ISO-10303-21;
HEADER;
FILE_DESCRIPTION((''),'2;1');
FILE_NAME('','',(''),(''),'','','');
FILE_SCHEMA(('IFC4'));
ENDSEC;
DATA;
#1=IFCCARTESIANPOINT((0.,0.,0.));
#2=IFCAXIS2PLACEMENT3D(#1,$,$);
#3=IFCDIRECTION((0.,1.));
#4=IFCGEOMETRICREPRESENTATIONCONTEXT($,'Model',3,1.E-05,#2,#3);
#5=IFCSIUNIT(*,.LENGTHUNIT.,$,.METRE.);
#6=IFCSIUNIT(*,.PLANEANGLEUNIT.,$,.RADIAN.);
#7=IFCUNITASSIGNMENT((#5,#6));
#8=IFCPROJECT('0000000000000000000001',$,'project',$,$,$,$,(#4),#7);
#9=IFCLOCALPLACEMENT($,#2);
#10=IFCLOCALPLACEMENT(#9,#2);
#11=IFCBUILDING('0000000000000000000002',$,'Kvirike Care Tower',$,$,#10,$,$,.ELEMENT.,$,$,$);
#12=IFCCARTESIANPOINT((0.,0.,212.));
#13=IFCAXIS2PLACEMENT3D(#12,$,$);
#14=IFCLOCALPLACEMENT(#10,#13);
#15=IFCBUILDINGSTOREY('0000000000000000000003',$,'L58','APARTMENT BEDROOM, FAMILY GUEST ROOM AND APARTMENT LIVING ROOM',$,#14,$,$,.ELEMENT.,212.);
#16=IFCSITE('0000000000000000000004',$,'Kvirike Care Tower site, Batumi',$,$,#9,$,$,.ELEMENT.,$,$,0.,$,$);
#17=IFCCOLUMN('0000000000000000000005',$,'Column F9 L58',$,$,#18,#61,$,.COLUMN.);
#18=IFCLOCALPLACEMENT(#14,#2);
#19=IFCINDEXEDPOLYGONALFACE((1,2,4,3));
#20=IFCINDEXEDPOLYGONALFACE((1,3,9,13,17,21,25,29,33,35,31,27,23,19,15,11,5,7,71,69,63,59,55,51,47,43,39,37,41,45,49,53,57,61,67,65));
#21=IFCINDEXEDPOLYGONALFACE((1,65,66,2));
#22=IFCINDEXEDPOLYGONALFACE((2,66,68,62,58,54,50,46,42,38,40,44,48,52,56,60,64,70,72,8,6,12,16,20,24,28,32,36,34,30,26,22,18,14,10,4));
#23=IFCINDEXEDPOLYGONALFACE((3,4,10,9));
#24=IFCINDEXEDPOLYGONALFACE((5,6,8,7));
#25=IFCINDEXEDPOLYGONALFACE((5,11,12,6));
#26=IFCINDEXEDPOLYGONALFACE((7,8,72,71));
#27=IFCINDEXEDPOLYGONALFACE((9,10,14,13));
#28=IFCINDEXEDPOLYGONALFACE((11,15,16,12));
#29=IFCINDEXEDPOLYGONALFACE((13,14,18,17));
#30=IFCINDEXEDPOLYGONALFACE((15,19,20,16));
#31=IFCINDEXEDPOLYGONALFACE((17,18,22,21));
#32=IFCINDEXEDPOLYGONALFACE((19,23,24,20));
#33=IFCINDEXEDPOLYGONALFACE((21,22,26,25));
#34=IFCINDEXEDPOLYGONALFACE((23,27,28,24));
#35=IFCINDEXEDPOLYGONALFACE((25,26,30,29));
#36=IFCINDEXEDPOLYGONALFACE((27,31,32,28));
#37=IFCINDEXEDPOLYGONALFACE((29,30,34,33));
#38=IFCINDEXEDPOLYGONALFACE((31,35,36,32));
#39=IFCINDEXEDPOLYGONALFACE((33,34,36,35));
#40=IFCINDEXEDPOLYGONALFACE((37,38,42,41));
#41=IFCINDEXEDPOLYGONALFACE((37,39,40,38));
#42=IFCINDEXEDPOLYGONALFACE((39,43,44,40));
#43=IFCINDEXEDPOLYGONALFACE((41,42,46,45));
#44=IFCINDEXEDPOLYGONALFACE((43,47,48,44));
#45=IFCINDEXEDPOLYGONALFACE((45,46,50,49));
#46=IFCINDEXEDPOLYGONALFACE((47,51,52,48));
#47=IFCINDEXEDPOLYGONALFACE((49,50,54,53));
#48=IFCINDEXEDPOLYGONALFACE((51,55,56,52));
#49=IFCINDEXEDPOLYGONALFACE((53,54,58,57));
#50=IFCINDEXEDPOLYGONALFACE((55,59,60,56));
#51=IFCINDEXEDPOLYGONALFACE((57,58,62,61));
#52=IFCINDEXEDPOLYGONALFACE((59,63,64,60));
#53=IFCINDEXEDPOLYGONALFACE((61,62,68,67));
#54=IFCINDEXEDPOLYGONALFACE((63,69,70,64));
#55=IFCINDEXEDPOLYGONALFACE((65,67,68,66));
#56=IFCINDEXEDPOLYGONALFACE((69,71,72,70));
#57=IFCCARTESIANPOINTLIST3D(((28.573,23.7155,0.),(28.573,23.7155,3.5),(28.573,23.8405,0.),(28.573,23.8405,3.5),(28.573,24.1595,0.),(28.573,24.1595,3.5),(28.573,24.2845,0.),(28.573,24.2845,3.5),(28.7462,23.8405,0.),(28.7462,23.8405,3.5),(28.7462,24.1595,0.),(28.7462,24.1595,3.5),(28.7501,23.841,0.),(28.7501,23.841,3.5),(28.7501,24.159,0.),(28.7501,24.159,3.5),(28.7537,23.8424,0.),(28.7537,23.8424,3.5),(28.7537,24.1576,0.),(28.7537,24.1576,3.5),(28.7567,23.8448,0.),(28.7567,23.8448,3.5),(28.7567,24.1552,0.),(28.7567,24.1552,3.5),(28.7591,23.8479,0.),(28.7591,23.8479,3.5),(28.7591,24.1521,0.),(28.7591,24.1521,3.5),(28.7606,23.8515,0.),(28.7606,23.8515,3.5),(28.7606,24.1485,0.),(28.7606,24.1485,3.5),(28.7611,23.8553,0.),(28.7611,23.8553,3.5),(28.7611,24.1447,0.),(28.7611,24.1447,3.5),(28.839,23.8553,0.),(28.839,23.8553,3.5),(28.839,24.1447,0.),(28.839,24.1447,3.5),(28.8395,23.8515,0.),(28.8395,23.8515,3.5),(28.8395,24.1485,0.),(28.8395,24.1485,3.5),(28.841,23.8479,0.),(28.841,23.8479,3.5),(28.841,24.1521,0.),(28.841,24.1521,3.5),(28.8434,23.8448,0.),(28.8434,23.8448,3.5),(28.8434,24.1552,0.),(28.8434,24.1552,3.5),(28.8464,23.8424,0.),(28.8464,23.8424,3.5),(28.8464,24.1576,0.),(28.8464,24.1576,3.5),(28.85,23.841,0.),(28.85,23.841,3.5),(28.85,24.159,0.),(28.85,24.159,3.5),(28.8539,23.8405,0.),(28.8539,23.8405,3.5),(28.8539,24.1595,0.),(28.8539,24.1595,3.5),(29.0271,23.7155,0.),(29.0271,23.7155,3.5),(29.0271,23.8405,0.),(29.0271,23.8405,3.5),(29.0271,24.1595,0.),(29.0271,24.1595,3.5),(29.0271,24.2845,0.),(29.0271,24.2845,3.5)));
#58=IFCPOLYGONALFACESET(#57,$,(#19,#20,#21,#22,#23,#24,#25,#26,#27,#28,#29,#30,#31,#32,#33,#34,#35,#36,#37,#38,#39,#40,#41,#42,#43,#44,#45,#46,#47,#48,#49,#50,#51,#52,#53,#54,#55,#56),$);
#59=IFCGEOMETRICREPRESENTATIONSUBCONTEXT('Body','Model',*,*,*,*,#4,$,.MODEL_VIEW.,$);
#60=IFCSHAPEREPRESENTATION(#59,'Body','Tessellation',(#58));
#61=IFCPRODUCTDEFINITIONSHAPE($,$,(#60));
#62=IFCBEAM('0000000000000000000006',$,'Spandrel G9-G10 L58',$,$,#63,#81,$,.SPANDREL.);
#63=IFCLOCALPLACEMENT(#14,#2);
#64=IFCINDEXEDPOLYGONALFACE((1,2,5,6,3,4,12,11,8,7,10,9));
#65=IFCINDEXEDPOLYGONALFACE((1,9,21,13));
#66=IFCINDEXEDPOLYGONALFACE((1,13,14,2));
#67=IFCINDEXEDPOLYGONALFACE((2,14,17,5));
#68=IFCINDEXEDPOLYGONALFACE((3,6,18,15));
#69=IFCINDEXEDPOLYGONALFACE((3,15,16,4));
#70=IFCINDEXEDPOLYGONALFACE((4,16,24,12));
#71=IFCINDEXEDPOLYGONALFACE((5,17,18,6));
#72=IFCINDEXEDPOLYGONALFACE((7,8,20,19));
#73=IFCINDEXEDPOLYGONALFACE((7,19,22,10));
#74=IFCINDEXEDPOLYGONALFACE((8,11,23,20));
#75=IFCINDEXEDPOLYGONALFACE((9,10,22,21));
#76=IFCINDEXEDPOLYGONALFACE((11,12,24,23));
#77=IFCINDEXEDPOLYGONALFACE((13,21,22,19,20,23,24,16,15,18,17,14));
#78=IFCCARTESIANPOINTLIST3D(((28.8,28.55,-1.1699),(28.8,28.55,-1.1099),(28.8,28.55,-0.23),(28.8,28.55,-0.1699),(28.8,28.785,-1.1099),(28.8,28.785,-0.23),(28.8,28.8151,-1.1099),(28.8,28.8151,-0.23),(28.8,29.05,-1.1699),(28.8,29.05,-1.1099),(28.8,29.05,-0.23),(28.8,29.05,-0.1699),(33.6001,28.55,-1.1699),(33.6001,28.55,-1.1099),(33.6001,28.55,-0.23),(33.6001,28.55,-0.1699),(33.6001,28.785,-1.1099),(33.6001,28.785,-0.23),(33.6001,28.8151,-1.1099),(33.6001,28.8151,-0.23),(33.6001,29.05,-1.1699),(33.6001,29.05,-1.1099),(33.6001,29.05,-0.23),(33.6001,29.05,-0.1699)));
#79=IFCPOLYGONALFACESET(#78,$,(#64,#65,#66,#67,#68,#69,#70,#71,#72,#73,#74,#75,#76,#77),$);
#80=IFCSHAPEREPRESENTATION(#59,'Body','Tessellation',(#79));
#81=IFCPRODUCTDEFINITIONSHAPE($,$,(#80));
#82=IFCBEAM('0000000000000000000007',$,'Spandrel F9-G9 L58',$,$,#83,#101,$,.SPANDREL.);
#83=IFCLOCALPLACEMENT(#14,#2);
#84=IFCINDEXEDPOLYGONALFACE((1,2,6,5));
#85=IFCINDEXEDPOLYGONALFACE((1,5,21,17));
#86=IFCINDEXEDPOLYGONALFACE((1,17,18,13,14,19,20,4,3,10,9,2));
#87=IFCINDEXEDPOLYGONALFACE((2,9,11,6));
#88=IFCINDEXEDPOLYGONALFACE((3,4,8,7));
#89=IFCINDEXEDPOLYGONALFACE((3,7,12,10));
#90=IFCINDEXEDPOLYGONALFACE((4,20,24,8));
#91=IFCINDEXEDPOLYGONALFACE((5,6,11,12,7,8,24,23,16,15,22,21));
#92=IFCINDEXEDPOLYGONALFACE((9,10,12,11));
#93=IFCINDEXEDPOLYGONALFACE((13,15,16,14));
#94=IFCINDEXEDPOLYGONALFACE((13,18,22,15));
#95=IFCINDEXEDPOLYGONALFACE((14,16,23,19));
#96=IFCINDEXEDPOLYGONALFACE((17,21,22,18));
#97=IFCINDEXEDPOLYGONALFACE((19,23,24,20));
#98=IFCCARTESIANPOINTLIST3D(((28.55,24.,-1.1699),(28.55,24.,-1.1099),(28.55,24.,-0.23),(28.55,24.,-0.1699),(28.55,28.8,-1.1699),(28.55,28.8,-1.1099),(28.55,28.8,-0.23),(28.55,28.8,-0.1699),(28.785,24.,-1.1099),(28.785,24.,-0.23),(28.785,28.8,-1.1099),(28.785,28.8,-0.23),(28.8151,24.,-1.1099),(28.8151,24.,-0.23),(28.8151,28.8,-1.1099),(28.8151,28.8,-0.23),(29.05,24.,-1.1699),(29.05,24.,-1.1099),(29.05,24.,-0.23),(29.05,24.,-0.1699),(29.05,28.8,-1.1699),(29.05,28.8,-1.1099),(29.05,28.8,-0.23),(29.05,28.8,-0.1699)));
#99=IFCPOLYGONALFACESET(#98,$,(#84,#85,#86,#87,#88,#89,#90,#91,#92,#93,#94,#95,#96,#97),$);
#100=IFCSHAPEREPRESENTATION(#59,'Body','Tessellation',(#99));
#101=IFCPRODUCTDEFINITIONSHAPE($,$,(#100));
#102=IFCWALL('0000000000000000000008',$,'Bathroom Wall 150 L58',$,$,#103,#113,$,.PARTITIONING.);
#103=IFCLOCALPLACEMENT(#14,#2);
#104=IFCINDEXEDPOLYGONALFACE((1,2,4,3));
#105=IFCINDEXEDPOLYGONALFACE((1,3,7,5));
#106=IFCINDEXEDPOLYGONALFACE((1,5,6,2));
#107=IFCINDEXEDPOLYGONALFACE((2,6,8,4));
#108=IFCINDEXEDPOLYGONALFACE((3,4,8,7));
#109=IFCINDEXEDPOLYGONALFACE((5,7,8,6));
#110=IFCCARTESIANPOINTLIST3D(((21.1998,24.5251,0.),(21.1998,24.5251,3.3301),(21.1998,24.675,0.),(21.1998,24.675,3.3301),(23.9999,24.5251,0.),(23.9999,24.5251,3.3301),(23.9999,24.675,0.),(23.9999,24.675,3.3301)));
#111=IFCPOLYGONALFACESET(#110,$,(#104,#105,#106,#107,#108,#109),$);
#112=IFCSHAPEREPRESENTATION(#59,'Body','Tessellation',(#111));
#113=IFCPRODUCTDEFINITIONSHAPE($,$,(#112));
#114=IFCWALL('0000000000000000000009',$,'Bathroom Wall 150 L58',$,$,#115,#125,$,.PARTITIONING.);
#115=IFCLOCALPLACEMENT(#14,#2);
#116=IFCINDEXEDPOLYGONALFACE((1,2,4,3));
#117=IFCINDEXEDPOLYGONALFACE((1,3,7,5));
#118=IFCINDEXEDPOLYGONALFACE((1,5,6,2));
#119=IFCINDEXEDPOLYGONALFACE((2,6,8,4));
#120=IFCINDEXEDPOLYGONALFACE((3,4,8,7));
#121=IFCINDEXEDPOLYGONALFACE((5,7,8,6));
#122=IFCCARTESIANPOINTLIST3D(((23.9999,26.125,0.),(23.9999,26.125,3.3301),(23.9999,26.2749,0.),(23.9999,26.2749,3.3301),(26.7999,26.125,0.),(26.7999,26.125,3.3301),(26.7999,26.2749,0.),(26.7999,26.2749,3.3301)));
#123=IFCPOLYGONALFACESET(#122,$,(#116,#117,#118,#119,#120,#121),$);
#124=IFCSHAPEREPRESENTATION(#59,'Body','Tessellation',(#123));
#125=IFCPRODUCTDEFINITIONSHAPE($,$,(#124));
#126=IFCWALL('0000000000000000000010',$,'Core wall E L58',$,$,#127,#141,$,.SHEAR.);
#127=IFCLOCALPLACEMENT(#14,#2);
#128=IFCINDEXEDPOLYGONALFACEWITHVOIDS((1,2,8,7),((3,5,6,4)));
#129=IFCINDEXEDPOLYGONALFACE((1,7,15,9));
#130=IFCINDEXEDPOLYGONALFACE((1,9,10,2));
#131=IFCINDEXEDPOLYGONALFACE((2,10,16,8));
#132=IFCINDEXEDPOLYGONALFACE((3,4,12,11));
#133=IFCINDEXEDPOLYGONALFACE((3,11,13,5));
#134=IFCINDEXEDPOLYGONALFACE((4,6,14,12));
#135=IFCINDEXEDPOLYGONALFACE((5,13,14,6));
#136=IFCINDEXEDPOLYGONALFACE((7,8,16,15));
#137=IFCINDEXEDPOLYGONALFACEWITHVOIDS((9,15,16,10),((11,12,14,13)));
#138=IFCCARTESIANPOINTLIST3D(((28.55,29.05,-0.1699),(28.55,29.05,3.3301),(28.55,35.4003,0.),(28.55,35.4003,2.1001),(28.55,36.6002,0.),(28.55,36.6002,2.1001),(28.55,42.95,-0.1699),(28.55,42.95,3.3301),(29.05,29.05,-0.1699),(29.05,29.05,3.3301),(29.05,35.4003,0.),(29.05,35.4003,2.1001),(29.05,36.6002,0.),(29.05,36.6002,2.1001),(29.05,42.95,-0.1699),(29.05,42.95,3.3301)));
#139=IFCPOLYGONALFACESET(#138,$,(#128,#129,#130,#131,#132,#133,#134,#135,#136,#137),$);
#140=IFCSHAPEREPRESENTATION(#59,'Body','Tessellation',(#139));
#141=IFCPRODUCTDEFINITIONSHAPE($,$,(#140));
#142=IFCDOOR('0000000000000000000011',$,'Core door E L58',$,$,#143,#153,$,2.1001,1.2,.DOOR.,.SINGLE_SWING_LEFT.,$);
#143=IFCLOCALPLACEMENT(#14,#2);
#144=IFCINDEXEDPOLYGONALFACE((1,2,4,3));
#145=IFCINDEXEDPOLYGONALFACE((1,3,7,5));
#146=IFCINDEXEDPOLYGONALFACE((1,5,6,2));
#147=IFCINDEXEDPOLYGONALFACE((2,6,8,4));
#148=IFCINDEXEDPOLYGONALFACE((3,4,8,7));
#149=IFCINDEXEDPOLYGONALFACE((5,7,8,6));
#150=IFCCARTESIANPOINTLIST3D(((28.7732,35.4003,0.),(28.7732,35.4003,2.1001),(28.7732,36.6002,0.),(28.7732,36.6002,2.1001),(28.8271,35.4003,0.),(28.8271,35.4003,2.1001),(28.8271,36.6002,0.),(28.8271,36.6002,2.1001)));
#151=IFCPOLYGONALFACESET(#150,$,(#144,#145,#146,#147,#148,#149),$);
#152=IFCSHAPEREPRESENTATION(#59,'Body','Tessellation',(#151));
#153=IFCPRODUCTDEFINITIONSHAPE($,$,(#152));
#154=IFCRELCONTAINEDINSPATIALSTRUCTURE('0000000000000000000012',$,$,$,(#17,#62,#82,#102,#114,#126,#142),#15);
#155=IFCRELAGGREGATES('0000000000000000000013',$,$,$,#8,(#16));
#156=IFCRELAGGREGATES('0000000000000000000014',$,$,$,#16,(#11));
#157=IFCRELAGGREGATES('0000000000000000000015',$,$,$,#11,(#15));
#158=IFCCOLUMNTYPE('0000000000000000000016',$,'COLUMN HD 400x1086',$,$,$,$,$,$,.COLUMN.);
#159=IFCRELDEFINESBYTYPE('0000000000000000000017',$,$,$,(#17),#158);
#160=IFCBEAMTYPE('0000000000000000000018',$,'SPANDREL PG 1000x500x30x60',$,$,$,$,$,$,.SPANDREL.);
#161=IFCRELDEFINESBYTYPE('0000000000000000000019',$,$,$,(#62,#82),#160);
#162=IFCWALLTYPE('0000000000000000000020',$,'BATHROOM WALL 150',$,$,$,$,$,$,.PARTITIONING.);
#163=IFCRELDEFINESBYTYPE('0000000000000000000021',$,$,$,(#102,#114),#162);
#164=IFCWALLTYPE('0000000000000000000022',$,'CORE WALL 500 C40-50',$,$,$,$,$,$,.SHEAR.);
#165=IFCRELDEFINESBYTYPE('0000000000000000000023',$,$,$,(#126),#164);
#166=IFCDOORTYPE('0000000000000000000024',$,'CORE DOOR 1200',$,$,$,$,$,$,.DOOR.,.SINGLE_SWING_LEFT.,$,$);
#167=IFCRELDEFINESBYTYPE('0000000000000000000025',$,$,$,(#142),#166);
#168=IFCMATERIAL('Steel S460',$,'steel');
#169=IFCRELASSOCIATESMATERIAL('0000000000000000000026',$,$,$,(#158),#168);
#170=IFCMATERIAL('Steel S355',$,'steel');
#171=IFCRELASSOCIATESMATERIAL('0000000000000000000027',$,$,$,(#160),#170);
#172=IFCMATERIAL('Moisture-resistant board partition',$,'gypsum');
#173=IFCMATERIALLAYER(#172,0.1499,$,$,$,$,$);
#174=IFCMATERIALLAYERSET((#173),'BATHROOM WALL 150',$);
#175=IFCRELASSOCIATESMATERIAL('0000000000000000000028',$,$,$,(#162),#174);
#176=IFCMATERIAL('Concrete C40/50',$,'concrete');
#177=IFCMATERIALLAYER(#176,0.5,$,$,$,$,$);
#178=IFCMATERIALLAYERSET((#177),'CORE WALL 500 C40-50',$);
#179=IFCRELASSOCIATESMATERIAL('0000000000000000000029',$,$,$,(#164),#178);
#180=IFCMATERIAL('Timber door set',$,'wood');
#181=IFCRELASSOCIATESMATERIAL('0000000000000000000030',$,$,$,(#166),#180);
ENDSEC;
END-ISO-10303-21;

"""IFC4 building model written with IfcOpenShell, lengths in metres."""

from ifc_helpers import new_model, si_unit, direction, frame, frame_2d, origin, origin_2d, place, context, subcontext, project, spatial, rectangle, i_section, extrude, material, layer, layer_set, material_profile, profile_set, type_object, element, fill, save


model = new_model("IFC4")

# Units and contexts
model_context = context("Model", 3, precision=1e-05, world=origin(), true_north=direction((0.0, 1.0)))
body_context = subcontext(model_context, "Body", "Model", "MODEL_VIEW")
ifc_project = project(units=[si_unit("LENGTHUNIT", "METRE"), si_unit("PLANEANGLEUNIT", "RADIAN")], contexts=[model_context])

# Site, building, storey
site_placement = place(None, origin())
site = spatial("IfcSite", under=ifc_project, at=site_placement, Name="Kvirike Care Tower site, Batumi", CompositionType="ELEMENT", RefElevation=0.0)
building_placement = place(site_placement, origin())
building = spatial("IfcBuilding", under=site, at=building_placement, Name="Kvirike Care Tower", CompositionType="ELEMENT")
storey_placement = place(building_placement, frame((0.0, 0.0, 212.0)))
storey = spatial("IfcBuildingStorey", under=building, at=storey_placement, Name="L58", Description="APARTMENT BEDROOM, FAMILY GUEST ROOM AND APARTMENT LIVING ROOM", CompositionType="ELEMENT", Elevation=212.0)

# Column
ifc_material_1 = material(Name="Steel S460", Category="steel")
ifc_material_profile_1 = material_profile(ifc_material_1, i_section(OverallWidth=0.4541, OverallDepth=0.5691, WebThickness=0.0779, FlangeThickness=0.125, FilletRadius=0.0149, at=origin_2d()), Name="HD 400x1086")
ifc_profile_set_1 = profile_set([ifc_material_profile_1], Name="Steel S460")
column_type = type_object("IfcColumnType", Name="COLUMN HD 400x1086", PredefinedType="COLUMN", material=ifc_profile_set_1)
column_placement = place(storey_placement, frame((28.8, 24.0, 0.0), z_axis=(0.0, 0.0, 1.0), x_axis=(1.0, 0.0, 0.0)))
element("IfcColumn", 1, at=column_placement, inside=storey, type_object=column_type, Name="Column F9 L58", PredefinedType="COLUMN", context=body_context, shape_type="SweptSolid", body=[
    extrude(i_section(OverallWidth=0.4541, OverallDepth=0.5691, WebThickness=0.0779, FlangeThickness=0.125, FilletRadius=0.0149, at=origin_2d()), origin(), (0.0, 0.0, 1.0), 3.5),
])

# Beams
ifc_material_2 = material(Name="Steel S355", Category="steel")
ifc_material_profile_2 = material_profile(ifc_material_2, i_section(OverallWidth=0.5, OverallDepth=1.0, WebThickness=0.03, FlangeThickness=0.0601, at=origin_2d()), Name="PG 1000x500x30x60")
ifc_profile_set_2 = profile_set([ifc_material_profile_2], Name="Steel S355")
beam_type = type_object("IfcBeamType", Name="SPANDREL PG 1000x500x30x60", PredefinedType="SPANDREL", material=ifc_profile_set_2)
for number, where, z_axis, x_axis, name in (
    (2, (28.8, 28.8, -0.6699), (1.0, 0.0, 0.0), (0.0, 1.0, 0.0), "Spandrel G9-G10 L58"),
    (3, (28.8, 24.0, -0.6699), (0.0, 1.0, 0.0), (-1.0, 0.0, 0.0), "Spandrel F9-G9 L58"),
):
    element("IfcBeam", number, at=place(storey_placement, frame(where, z_axis=z_axis, x_axis=x_axis)), inside=storey, type_object=beam_type, Name=name, PredefinedType="SPANDREL", context=body_context, shape_type="SweptSolid", body=[
        extrude(i_section(OverallWidth=0.5, OverallDepth=1.0, WebThickness=0.03, FlangeThickness=0.0601, at=origin_2d()), origin(), (0.0, 0.0, 1.0), 4.8),
    ])

# Walls
ifc_material_3 = material(Name="Moisture-resistant board partition", Category="gypsum")
ifc_layer_1 = layer(ifc_material_3, 0.1499)
ifc_layer_set_1 = layer_set([ifc_layer_1], Name="BATHROOM WALL 150")
wall_type_1 = type_object("IfcWallType", Name="BATHROOM WALL 150", PredefinedType="PARTITIONING", material=ifc_layer_set_1)
for number, where, z_axis, x_axis, name in (
    (4, (21.2, 24.6001, 0.0), (0.0, 0.0, 1.0), (1.0, 0.0, 0.0), "Bathroom Wall 150 L58"),
    (5, (24.0, 26.2, 0.0), (0.0, 0.0, 1.0), (1.0, 0.0, 0.0), "Bathroom Wall 150 L58"),
):
    element("IfcWall", number, at=place(storey_placement, frame(where, z_axis=z_axis, x_axis=x_axis)), inside=storey, type_object=wall_type_1, Name=name, PredefinedType="PARTITIONING", context=body_context, shape_type="SweptSolid", body=[
        extrude(rectangle(XDim=2.8, YDim=0.1499, at=frame_2d((1.3999, 0.0))), origin(), (0.0, 0.0, 1.0), 3.3301),
    ])

# Wall, opening, door
ifc_material_4 = material(Name="Concrete C40/50", Category="concrete")
ifc_layer_2 = layer(ifc_material_4, 0.5)
ifc_layer_set_2 = layer_set([ifc_layer_2], Name="CORE WALL 500 C40-50")
wall_type_2 = type_object("IfcWallType", Name="CORE WALL 500 C40-50", PredefinedType="SHEAR", material=ifc_layer_set_2)
wall_1_placement = place(storey_placement, frame((28.8, 29.05, -0.1699), z_axis=(0.0, 0.0, 1.0), x_axis=(0.0, 1.0, 0.0)))
wall_1 = element("IfcWall", 6, at=wall_1_placement, inside=storey, type_object=wall_type_2, Name="Core wall E L58", PredefinedType="SHEAR", context=body_context, shape_type="SweptSolid", body=[
    extrude(rectangle(XDim=13.8999, YDim=0.5, at=frame_2d((6.95, 0.0))), origin(), (0.0, 0.0, 1.0), 3.5),
])
opening_1_placement = place(wall_1_placement, frame((6.3501, 0.0, 0.1699)))
opening_1 = element("IfcOpeningElement", 7, at=opening_1_placement, cuts=wall_1, PredefinedType="OPENING", context=body_context, shape_type="SweptSolid", body=[
    extrude(rectangle(XDim=1.2, YDim=2.1001, at=frame_2d((0.6001, 1.05))), frame((0.0, 0.2605, 0.0), z_axis=(0.0, -1.0, 0.0), x_axis=(1.0, 0.0, 0.0)), (0.0, 0.0, 1.0), 0.521),
])
ifc_material_5 = material(Name="Timber door set", Category="wood")
door_type_1 = type_object("IfcDoorType", Name="CORE DOOR 1200", OperationType="SINGLE_SWING_LEFT", PredefinedType="DOOR", material=ifc_material_5)
door_1_placement = place(opening_1_placement, origin())
door_1 = element("IfcDoor", 8, at=door_1_placement, inside=storey, type_object=door_type_1, Name="Core door E L58", OperationType="SINGLE_SWING_LEFT", OverallHeight=2.1001, OverallWidth=1.2, PredefinedType="DOOR", context=body_context, shape_type="SweptSolid", body=[
    extrude(rectangle(XDim=1.2, YDim=2.1001, at=frame_2d((0.6001, 1.05))), frame((0.0, 0.0269, 0.0), z_axis=(0.0, -1.0, 0.0), x_axis=(1.0, 0.0, 0.0)), (0.0, 0.0, 1.0), 0.054),
])
fill(opening_1, door_1)

save(model, "model.ifc")
